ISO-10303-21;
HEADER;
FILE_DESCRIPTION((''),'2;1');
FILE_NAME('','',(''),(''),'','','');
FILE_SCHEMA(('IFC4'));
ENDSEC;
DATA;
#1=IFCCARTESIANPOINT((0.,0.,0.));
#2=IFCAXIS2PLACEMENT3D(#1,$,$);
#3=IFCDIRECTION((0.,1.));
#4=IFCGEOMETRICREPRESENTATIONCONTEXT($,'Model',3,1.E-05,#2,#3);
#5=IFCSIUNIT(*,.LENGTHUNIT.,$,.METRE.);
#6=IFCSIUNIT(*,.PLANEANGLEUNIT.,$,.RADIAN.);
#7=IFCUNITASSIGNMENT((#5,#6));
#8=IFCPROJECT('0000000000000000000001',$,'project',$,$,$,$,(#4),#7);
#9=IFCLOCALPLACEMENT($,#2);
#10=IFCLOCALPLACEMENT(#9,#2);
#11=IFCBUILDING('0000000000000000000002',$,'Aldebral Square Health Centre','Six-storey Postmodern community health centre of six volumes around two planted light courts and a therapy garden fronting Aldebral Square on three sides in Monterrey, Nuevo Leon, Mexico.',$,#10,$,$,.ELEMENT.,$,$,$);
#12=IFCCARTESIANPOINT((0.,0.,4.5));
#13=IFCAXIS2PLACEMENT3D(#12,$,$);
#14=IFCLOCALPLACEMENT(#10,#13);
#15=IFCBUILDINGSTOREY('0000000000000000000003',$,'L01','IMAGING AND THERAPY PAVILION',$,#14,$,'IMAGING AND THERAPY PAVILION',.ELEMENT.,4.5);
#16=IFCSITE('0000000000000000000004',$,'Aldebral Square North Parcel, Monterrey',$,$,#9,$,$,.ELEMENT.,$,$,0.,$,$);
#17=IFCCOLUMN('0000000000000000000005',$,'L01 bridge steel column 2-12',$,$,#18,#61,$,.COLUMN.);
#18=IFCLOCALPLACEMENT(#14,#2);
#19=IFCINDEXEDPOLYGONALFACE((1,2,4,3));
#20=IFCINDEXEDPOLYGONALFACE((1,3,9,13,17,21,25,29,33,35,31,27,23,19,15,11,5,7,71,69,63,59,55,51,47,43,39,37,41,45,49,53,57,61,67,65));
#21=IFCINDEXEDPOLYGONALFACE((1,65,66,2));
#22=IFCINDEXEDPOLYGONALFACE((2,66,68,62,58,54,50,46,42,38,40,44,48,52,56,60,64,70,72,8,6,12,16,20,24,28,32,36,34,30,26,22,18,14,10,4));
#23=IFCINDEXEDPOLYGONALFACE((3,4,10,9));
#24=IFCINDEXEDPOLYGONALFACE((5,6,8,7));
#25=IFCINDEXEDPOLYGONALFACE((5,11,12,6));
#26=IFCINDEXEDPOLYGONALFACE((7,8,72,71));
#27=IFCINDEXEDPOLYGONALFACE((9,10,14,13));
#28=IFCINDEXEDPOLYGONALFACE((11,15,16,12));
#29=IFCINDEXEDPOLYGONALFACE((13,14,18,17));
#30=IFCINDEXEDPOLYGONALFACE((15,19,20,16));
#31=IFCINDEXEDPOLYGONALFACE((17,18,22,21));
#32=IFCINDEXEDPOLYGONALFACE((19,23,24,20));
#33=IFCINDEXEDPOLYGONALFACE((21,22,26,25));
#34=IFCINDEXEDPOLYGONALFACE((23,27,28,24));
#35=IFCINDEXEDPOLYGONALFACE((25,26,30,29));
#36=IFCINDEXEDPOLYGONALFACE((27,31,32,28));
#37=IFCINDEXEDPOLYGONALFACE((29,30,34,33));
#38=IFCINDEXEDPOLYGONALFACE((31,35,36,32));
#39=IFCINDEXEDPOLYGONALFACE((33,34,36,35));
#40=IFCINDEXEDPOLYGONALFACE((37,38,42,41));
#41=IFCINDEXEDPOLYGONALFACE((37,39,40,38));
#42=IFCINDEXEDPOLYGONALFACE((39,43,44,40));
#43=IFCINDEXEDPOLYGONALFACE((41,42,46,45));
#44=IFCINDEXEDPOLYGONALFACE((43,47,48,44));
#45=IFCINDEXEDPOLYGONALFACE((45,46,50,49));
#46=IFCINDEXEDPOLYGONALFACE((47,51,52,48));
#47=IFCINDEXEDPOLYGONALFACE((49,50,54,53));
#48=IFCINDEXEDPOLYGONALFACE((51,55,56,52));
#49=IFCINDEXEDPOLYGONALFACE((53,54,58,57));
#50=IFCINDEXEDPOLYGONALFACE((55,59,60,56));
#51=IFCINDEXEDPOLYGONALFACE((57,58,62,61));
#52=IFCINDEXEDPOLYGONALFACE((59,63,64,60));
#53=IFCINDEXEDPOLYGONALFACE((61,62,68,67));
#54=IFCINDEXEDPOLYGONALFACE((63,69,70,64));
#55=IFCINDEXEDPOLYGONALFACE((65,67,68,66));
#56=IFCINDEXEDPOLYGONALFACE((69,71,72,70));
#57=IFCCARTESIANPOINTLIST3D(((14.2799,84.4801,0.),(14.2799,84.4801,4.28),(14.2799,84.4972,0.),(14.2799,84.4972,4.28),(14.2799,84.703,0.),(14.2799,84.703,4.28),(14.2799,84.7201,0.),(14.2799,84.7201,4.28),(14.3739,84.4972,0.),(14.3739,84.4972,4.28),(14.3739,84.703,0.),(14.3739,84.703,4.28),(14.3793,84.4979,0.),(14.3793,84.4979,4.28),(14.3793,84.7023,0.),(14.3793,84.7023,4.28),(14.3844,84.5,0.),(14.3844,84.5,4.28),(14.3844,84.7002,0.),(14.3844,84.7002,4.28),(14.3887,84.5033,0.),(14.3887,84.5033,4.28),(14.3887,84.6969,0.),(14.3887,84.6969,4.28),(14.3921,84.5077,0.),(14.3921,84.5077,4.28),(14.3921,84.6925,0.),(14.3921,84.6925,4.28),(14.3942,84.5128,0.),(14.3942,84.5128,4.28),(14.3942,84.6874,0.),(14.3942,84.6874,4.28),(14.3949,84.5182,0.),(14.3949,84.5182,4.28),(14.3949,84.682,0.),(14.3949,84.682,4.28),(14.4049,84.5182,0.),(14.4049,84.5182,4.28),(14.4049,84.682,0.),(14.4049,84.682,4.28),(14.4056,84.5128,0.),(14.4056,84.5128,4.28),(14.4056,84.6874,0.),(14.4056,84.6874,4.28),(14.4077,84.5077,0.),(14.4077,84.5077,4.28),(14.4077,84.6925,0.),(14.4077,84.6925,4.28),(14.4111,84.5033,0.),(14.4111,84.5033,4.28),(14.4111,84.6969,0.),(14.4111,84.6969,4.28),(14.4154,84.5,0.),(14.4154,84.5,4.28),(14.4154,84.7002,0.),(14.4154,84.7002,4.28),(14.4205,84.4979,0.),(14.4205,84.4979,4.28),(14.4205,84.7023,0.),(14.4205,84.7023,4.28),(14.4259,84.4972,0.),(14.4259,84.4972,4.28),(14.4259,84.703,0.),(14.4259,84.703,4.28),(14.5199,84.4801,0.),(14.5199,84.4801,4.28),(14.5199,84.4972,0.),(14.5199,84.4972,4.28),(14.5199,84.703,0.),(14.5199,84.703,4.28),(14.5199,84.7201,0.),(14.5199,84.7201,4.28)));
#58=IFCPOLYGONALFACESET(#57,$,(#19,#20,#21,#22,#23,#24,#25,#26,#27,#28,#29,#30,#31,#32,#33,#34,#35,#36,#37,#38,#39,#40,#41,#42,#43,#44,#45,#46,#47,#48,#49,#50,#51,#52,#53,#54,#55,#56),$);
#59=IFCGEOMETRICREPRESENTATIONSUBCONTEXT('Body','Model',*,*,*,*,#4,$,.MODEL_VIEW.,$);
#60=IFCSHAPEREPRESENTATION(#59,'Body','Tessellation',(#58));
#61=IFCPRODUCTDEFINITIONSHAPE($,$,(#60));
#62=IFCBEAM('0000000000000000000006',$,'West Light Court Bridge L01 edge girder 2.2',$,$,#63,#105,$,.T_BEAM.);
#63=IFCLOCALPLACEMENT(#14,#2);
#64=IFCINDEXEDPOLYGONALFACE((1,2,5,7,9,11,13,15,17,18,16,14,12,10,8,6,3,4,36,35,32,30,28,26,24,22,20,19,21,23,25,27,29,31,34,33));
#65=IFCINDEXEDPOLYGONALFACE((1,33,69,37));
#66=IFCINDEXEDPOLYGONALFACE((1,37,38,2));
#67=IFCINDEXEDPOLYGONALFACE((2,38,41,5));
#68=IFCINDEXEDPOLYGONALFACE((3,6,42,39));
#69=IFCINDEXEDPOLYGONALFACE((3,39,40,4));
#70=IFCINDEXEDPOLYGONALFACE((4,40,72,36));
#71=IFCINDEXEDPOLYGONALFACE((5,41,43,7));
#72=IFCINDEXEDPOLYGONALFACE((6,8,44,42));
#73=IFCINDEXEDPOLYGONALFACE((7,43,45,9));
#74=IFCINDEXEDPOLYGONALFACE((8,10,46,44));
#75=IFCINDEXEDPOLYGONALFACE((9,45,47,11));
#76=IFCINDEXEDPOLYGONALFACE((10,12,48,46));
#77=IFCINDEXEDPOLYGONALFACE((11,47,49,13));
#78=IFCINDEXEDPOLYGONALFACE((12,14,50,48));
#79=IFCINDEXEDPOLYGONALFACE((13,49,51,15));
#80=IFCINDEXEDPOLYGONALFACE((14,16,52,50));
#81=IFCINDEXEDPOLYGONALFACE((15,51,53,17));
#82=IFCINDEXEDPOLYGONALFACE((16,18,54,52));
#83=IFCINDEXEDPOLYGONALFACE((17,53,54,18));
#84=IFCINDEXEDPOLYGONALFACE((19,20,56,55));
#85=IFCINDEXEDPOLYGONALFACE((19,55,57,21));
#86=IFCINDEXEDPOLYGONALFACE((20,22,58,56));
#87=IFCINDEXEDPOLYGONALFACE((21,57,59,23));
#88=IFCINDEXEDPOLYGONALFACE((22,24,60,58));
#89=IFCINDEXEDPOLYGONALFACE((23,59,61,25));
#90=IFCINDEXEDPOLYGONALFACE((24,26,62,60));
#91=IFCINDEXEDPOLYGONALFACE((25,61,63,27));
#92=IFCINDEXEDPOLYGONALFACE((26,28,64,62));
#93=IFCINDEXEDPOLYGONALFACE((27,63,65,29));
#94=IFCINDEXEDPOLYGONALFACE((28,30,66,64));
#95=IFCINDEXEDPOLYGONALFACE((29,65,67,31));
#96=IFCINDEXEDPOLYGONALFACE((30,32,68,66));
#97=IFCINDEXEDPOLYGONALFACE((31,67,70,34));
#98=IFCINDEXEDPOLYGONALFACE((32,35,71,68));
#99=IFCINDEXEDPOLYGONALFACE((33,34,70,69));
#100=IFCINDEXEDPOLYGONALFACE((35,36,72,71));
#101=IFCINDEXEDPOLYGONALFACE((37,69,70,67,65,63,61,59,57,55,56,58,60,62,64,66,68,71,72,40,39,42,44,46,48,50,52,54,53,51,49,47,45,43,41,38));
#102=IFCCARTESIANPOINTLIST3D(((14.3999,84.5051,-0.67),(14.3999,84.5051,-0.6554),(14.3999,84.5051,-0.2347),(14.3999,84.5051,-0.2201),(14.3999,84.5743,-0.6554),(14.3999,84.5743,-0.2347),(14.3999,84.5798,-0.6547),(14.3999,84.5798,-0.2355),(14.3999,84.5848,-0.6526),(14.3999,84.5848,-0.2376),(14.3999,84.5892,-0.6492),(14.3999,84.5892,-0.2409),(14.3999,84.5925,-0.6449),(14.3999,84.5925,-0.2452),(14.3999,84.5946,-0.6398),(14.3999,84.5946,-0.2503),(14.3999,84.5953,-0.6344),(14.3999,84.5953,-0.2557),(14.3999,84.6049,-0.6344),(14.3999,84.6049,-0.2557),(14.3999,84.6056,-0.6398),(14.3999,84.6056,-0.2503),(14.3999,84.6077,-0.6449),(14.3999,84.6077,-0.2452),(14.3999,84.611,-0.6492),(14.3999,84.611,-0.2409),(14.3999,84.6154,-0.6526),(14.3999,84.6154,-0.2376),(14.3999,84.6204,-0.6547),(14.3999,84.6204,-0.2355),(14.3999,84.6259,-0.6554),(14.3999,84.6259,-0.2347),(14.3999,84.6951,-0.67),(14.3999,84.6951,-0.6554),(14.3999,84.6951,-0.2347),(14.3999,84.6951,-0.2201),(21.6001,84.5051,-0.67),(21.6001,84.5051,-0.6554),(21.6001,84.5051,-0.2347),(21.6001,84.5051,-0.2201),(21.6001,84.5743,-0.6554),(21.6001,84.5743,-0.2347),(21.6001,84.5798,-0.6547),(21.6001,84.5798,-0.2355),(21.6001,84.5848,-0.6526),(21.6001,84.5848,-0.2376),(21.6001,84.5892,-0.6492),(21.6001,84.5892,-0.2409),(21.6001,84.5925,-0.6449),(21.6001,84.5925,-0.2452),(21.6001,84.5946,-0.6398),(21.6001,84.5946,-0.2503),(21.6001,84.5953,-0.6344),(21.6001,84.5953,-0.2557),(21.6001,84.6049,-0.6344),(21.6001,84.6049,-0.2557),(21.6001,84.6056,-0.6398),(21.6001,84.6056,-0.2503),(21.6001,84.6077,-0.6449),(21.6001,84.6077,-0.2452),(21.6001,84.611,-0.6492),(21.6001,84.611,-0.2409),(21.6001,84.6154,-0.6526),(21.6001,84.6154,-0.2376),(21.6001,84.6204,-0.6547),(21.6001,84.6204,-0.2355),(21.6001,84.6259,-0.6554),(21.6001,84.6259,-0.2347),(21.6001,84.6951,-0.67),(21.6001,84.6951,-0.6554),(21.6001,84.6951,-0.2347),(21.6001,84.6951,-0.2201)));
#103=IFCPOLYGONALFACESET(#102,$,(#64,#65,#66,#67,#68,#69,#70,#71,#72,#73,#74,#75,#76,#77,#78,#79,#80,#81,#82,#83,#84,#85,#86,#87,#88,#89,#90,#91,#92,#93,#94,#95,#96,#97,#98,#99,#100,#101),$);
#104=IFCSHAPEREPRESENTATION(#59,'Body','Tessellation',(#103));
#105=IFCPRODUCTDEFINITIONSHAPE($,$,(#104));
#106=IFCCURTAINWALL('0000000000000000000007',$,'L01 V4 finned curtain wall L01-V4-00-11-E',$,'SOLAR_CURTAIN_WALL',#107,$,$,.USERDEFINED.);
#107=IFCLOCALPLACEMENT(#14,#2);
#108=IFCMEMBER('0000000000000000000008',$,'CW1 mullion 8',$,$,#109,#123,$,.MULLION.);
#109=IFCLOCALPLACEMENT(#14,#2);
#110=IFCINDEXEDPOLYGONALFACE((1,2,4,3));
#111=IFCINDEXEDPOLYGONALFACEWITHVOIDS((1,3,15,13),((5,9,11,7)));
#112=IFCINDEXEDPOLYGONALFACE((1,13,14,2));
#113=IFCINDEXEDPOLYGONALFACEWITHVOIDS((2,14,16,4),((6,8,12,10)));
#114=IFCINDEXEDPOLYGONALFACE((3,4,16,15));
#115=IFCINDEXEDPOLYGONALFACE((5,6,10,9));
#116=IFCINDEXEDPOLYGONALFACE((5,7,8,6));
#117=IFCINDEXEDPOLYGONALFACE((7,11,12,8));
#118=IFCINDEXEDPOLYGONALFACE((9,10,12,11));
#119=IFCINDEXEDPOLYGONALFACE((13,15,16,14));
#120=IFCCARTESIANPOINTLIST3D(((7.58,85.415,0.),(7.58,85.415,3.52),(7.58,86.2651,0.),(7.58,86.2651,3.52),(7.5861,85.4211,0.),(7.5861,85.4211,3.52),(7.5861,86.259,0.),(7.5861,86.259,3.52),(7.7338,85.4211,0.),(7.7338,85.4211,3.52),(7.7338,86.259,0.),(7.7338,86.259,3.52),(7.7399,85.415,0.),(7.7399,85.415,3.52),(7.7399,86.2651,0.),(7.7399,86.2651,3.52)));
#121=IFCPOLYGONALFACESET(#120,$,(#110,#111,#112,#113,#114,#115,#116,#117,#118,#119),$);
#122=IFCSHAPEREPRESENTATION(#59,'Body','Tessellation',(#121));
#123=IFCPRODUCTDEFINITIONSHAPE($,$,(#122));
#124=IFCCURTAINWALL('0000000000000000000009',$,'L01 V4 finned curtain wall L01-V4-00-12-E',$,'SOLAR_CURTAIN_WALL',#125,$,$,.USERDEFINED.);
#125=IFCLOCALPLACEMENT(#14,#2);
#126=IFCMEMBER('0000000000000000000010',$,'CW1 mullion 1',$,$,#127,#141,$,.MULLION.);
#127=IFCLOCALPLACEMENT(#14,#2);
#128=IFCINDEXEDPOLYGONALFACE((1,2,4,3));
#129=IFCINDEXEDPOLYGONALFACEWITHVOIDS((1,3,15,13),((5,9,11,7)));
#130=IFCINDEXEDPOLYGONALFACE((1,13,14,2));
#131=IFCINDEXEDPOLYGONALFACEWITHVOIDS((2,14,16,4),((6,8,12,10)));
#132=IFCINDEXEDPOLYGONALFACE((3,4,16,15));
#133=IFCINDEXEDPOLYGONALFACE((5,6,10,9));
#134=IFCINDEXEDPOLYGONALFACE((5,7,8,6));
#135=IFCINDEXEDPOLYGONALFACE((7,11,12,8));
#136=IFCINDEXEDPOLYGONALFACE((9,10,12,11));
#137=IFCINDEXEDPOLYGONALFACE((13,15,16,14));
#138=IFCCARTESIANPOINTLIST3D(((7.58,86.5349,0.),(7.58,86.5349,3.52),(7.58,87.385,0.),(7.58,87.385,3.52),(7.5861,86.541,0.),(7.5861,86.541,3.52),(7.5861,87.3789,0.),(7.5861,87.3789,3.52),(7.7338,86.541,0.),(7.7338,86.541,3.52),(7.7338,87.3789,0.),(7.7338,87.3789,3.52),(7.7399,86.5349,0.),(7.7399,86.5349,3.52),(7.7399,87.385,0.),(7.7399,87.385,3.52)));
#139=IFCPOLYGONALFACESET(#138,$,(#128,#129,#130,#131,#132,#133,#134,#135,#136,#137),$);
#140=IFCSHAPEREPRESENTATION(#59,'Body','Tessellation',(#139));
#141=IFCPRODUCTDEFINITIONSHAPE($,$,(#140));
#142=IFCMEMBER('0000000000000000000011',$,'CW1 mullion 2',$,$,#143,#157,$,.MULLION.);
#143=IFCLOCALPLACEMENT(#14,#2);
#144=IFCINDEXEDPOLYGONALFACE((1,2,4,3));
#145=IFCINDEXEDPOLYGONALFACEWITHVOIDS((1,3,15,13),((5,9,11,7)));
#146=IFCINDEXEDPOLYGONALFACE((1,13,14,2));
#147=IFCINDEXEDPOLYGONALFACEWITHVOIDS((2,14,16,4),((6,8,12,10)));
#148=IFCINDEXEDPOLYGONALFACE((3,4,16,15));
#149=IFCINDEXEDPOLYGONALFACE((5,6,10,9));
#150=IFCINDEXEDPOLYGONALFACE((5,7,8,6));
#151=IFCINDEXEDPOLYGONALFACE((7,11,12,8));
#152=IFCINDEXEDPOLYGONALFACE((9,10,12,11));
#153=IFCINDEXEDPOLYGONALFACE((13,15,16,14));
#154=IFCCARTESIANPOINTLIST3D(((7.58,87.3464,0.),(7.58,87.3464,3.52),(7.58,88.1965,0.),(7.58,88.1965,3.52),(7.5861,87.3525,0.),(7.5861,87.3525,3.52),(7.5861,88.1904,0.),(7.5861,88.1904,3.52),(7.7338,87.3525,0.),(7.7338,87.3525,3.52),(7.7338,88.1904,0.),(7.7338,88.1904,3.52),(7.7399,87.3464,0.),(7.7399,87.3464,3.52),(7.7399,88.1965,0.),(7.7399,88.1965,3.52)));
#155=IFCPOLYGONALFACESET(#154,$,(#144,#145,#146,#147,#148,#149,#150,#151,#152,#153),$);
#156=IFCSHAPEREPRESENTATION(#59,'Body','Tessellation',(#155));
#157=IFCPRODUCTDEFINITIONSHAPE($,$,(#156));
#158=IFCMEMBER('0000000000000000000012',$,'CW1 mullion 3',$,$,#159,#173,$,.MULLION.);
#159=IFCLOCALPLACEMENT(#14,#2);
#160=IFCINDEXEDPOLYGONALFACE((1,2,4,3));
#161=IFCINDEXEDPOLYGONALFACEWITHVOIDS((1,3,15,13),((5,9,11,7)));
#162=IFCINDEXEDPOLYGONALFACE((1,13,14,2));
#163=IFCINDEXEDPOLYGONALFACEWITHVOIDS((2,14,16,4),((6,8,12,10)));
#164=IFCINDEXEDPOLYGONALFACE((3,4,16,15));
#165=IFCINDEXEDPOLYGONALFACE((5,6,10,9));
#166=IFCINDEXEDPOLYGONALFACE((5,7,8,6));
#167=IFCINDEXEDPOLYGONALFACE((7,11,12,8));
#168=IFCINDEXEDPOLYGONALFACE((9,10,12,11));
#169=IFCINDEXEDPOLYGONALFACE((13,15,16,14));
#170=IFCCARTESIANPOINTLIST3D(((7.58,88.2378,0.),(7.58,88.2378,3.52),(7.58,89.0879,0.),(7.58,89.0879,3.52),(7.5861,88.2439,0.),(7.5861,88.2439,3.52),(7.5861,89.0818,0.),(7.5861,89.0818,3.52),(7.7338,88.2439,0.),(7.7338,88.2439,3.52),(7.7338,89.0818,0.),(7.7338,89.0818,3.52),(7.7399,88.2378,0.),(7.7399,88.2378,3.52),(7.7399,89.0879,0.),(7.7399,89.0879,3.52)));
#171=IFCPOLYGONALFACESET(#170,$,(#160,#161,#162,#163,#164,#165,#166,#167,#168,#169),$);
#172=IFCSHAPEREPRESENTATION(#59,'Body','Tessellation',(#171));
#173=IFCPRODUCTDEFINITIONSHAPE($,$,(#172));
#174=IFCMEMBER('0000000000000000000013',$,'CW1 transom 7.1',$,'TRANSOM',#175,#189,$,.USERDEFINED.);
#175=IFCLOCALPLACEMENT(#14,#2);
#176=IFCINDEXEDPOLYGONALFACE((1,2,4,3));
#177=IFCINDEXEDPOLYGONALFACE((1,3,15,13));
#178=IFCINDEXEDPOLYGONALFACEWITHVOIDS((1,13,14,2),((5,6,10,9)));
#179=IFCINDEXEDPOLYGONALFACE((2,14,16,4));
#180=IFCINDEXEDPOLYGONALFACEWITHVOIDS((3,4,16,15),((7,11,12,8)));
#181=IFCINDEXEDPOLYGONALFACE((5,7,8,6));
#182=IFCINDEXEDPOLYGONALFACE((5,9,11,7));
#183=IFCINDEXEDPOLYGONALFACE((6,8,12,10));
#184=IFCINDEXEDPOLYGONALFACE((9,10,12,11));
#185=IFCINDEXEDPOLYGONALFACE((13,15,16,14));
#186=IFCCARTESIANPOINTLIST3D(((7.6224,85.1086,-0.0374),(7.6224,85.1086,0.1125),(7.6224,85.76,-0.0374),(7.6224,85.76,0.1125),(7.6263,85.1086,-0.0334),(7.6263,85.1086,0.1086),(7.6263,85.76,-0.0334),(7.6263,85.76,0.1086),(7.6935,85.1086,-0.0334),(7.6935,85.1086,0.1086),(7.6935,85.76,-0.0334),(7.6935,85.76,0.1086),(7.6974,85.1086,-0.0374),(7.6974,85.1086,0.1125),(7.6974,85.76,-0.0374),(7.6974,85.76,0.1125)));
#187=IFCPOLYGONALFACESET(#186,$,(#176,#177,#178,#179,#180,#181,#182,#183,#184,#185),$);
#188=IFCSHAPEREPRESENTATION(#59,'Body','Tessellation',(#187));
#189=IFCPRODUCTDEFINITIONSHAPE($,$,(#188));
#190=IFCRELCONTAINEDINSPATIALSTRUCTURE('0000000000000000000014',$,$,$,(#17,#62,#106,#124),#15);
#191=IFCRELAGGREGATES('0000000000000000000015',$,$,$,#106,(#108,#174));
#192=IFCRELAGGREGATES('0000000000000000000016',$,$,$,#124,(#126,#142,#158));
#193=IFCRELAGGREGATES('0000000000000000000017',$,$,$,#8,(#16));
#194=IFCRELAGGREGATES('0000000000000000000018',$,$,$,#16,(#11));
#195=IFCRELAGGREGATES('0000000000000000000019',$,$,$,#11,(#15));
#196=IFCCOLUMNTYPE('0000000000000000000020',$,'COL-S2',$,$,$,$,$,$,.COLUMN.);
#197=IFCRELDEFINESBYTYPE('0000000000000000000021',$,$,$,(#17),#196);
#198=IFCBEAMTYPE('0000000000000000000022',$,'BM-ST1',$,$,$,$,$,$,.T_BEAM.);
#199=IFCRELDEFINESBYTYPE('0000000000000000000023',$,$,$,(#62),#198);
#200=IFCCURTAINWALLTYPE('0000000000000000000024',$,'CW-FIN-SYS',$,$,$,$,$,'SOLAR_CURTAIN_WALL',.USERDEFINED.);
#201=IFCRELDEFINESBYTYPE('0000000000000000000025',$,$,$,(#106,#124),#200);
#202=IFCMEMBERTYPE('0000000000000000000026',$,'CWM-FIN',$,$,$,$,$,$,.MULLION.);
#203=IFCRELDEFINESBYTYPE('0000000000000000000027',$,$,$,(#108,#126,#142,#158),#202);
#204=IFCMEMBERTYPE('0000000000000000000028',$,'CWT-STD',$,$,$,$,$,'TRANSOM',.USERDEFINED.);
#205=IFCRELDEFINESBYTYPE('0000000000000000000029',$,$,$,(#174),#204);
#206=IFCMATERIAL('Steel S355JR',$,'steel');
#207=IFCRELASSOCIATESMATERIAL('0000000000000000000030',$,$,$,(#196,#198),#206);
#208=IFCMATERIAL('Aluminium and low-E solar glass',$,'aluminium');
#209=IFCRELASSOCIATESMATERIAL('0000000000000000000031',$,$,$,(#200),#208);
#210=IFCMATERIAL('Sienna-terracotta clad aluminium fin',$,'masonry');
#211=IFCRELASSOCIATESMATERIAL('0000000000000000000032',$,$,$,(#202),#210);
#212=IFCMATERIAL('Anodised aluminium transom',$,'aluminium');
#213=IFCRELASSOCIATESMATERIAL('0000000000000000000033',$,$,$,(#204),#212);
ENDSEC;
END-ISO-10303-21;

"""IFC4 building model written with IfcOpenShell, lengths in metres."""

from ifc_helpers import new_model, si_unit, direction, frame, origin, origin_2d, place, context, subcontext, project, spatial, hollow_rectangle, i_section, extrude, material, material_profile, profile_set, type_object, element, aggregate, save


model = new_model("IFC4")

# Units and contexts
model_context = context("Model", 3, precision=1e-05, world=origin(), true_north=direction((0.0, 1.0)))
body_context = subcontext(model_context, "Body", "Model", "MODEL_VIEW")
ifc_project = project(units=[si_unit("LENGTHUNIT", "METRE"), si_unit("PLANEANGLEUNIT", "RADIAN")], contexts=[model_context])

# Site, building, storey
site_placement = place(None, origin())
site = spatial("IfcSite", under=ifc_project, at=site_placement, Name="Aldebral Square North Parcel, Monterrey", CompositionType="ELEMENT", RefElevation=0.0)
building_placement = place(site_placement, origin())
building = spatial("IfcBuilding", under=site, at=building_placement, Name="Aldebral Square Health Centre", Description="Six-storey Postmodern community health centre of six volumes around two planted light courts and a therapy garden fronting Aldebral Square on three sides in Monterrey, Nuevo Leon, Mexico.", CompositionType="ELEMENT")
storey_placement = place(building_placement, frame((0.0, 0.0, 4.5)))
storey = spatial("IfcBuildingStorey", under=building, at=storey_placement, Name="L01", Description="IMAGING AND THERAPY PAVILION", LongName="IMAGING AND THERAPY PAVILION", CompositionType="ELEMENT", Elevation=4.5)

# Column
ifc_material_1 = material(Name="Steel S355JR", Category="steel")
ifc_material_profile_1 = material_profile(ifc_material_1, i_section(OverallWidth=0.24, OverallDepth=0.24, WebThickness=0.01, FlangeThickness=0.0171, FilletRadius=0.021, at=origin_2d()), Name="HEB 240")
ifc_profile_set_1 = profile_set([ifc_material_profile_1], Name="Steel S355JR")
column_type = type_object("IfcColumnType", Name="COL-S2", PredefinedType="COLUMN", material=ifc_profile_set_1)
column_placement = place(storey_placement, frame((14.3999, 84.6001, 0.0), z_axis=(0.0, 0.0, 1.0), x_axis=(1.0, 0.0, 0.0)))
element("IfcColumn", 1, at=column_placement, inside=storey, type_object=column_type, Name="L01 bridge steel column 2-12", PredefinedType="COLUMN", context=body_context, shape_type="SweptSolid", body=[
    extrude(i_section(OverallWidth=0.24, OverallDepth=0.24, WebThickness=0.01, FlangeThickness=0.0171, FilletRadius=0.021, at=origin_2d()), origin(), (0.0, 0.0, 1.0), 4.28),
])

# Beam
ifc_material_profile_2 = material_profile(ifc_material_1, i_section(OverallWidth=0.1899, OverallDepth=0.45, WebThickness=0.0095, FlangeThickness=0.0146, FilletRadius=0.021, at=origin_2d()), Name="IPE 450")
ifc_profile_set_2 = profile_set([ifc_material_profile_2], Name="Steel S355JR")
beam_type = type_object("IfcBeamType", Name="BM-ST1", PredefinedType="T_BEAM", material=ifc_profile_set_2)
beam_placement = place(storey_placement, frame((14.3999, 84.6001, -0.4451), z_axis=(1.0, 0.0, 0.0), x_axis=(0.0, 1.0, 0.0)))
element("IfcBeam", 2, at=beam_placement, inside=storey, type_object=beam_type, Name="West Light Court Bridge L01 edge girder 2.2", PredefinedType="T_BEAM", context=body_context, shape_type="SweptSolid", body=[
    extrude(i_section(OverallWidth=0.1899, OverallDepth=0.45, WebThickness=0.0095, FlangeThickness=0.0146, FilletRadius=0.021, at=origin_2d()), origin(), (0.0, 0.0, 1.0), 7.2002),
])

# Curtain wall, member
ifc_material_2 = material(Name="Aluminium and low-E solar glass", Category="aluminium")
curtain_wall_type = type_object("IfcCurtainWallType", Name="CW-FIN-SYS", ElementType="SOLAR_CURTAIN_WALL", PredefinedType="USERDEFINED", material=ifc_material_2)
curtain_wall_1_placement = place(storey_placement, origin())
curtain_wall_1 = element("IfcCurtainWall", 3, at=curtain_wall_1_placement, inside=storey, type_object=curtain_wall_type, Name="L01 V4 finned curtain wall L01-V4-00-11-E", ObjectType="SOLAR_CURTAIN_WALL", PredefinedType="USERDEFINED")
ifc_material_3 = material(Name="Sienna-terracotta clad aluminium fin", Category="masonry")
ifc_material_profile_3 = material_profile(ifc_material_3, hollow_rectangle(XDim=0.1599, YDim=0.8501, WallThickness=0.0061, at=origin_2d()), Name="FIN 160x850x6")
ifc_profile_set_3 = profile_set([ifc_material_profile_3], Name="Sienna-terracotta clad aluminium fin")
member_type_1 = type_object("IfcMemberType", Name="CWM-FIN", PredefinedType="MULLION", material=ifc_profile_set_3)
member_1_placement = place(storey_placement, frame((7.6599, 85.8401, 0.0), z_axis=(0.0, 0.0, 1.0), x_axis=(-1.0, 0.0, 0.0)))
member_1 = element("IfcMember", 4, at=member_1_placement, type_object=member_type_1, Name="CW1 mullion 8", PredefinedType="MULLION", context=body_context, shape_type="SweptSolid", body=[
    extrude(hollow_rectangle(XDim=0.1599, YDim=0.8501, WallThickness=0.0061, at=origin_2d()), origin(), (0.0, 0.0, 1.0), 3.52),
])

# Curtain wall, members
curtain_wall_2_placement = place(storey_placement, origin())
curtain_wall_2 = element("IfcCurtainWall", 5, at=curtain_wall_2_placement, inside=storey, type_object=curtain_wall_type, Name="L01 V4 finned curtain wall L01-V4-00-12-E", ObjectType="SOLAR_CURTAIN_WALL", PredefinedType="USERDEFINED")
member_2_placement = place(storey_placement, frame((7.6599, 86.96, 0.0), z_axis=(0.0, 0.0, 1.0), x_axis=(-1.0, 0.0, 0.0)))
member_2 = element("IfcMember", 6, at=member_2_placement, type_object=member_type_1, Name="CW1 mullion 1", PredefinedType="MULLION", context=body_context, shape_type="SweptSolid", body=[
    extrude(hollow_rectangle(XDim=0.1599, YDim=0.8501, WallThickness=0.0061, at=origin_2d()), origin(), (0.0, 0.0, 1.0), 3.52),
])
member_3_placement = place(storey_placement, frame((7.6599, 87.7715, 0.0), z_axis=(0.0, 0.0, 1.0), x_axis=(-1.0, 0.0, 0.0)))
member_3 = element("IfcMember", 7, at=member_3_placement, type_object=member_type_1, Name="CW1 mullion 2", PredefinedType="MULLION", context=body_context, shape_type="SweptSolid", body=[
    extrude(hollow_rectangle(XDim=0.1599, YDim=0.8501, WallThickness=0.0061, at=origin_2d()), origin(), (0.0, 0.0, 1.0), 3.52),
])
member_4_placement = place(storey_placement, frame((7.6599, 88.6628, 0.0), z_axis=(0.0, 0.0, 1.0), x_axis=(-1.0, 0.0, 0.0)))
member_4 = element("IfcMember", 8, at=member_4_placement, type_object=member_type_1, Name="CW1 mullion 3", PredefinedType="MULLION", context=body_context, shape_type="SweptSolid", body=[
    extrude(hollow_rectangle(XDim=0.1599, YDim=0.8501, WallThickness=0.0061, at=origin_2d()), origin(), (0.0, 0.0, 1.0), 3.52),
])

# Member
ifc_material_4 = material(Name="Anodised aluminium transom", Category="aluminium")
ifc_material_profile_4 = material_profile(ifc_material_4, hollow_rectangle(XDim=0.075, YDim=0.1499, WallThickness=0.0039, at=origin_2d()), Name="CWT 75x150x4")
ifc_profile_set_4 = profile_set([ifc_material_profile_4], Name="Anodised aluminium transom")
member_type_2 = type_object("IfcMemberType", Name="CWT-STD", ElementType="TRANSOM", PredefinedType="USERDEFINED", material=ifc_profile_set_4)
member_5_placement = place(storey_placement, frame((7.6599, 85.1086, 0.0376), z_axis=(0.0, 1.0, 0.0), x_axis=(-1.0, 0.0, 0.0)))
member_5 = element("IfcMember", 9, at=member_5_placement, type_object=member_type_2, Name="CW1 transom 7.1", ObjectType="TRANSOM", PredefinedType="USERDEFINED", context=body_context, shape_type="SweptSolid", body=[
    extrude(hollow_rectangle(XDim=0.075, YDim=0.1499, WallThickness=0.0039, at=origin_2d()), origin(), (0.0, 0.0, 1.0), 0.6514),
])

aggregate(curtain_wall_1, [member_1, member_5])
aggregate(curtain_wall_2, [member_2, member_3, member_4])

save(model, "model.ifc")
